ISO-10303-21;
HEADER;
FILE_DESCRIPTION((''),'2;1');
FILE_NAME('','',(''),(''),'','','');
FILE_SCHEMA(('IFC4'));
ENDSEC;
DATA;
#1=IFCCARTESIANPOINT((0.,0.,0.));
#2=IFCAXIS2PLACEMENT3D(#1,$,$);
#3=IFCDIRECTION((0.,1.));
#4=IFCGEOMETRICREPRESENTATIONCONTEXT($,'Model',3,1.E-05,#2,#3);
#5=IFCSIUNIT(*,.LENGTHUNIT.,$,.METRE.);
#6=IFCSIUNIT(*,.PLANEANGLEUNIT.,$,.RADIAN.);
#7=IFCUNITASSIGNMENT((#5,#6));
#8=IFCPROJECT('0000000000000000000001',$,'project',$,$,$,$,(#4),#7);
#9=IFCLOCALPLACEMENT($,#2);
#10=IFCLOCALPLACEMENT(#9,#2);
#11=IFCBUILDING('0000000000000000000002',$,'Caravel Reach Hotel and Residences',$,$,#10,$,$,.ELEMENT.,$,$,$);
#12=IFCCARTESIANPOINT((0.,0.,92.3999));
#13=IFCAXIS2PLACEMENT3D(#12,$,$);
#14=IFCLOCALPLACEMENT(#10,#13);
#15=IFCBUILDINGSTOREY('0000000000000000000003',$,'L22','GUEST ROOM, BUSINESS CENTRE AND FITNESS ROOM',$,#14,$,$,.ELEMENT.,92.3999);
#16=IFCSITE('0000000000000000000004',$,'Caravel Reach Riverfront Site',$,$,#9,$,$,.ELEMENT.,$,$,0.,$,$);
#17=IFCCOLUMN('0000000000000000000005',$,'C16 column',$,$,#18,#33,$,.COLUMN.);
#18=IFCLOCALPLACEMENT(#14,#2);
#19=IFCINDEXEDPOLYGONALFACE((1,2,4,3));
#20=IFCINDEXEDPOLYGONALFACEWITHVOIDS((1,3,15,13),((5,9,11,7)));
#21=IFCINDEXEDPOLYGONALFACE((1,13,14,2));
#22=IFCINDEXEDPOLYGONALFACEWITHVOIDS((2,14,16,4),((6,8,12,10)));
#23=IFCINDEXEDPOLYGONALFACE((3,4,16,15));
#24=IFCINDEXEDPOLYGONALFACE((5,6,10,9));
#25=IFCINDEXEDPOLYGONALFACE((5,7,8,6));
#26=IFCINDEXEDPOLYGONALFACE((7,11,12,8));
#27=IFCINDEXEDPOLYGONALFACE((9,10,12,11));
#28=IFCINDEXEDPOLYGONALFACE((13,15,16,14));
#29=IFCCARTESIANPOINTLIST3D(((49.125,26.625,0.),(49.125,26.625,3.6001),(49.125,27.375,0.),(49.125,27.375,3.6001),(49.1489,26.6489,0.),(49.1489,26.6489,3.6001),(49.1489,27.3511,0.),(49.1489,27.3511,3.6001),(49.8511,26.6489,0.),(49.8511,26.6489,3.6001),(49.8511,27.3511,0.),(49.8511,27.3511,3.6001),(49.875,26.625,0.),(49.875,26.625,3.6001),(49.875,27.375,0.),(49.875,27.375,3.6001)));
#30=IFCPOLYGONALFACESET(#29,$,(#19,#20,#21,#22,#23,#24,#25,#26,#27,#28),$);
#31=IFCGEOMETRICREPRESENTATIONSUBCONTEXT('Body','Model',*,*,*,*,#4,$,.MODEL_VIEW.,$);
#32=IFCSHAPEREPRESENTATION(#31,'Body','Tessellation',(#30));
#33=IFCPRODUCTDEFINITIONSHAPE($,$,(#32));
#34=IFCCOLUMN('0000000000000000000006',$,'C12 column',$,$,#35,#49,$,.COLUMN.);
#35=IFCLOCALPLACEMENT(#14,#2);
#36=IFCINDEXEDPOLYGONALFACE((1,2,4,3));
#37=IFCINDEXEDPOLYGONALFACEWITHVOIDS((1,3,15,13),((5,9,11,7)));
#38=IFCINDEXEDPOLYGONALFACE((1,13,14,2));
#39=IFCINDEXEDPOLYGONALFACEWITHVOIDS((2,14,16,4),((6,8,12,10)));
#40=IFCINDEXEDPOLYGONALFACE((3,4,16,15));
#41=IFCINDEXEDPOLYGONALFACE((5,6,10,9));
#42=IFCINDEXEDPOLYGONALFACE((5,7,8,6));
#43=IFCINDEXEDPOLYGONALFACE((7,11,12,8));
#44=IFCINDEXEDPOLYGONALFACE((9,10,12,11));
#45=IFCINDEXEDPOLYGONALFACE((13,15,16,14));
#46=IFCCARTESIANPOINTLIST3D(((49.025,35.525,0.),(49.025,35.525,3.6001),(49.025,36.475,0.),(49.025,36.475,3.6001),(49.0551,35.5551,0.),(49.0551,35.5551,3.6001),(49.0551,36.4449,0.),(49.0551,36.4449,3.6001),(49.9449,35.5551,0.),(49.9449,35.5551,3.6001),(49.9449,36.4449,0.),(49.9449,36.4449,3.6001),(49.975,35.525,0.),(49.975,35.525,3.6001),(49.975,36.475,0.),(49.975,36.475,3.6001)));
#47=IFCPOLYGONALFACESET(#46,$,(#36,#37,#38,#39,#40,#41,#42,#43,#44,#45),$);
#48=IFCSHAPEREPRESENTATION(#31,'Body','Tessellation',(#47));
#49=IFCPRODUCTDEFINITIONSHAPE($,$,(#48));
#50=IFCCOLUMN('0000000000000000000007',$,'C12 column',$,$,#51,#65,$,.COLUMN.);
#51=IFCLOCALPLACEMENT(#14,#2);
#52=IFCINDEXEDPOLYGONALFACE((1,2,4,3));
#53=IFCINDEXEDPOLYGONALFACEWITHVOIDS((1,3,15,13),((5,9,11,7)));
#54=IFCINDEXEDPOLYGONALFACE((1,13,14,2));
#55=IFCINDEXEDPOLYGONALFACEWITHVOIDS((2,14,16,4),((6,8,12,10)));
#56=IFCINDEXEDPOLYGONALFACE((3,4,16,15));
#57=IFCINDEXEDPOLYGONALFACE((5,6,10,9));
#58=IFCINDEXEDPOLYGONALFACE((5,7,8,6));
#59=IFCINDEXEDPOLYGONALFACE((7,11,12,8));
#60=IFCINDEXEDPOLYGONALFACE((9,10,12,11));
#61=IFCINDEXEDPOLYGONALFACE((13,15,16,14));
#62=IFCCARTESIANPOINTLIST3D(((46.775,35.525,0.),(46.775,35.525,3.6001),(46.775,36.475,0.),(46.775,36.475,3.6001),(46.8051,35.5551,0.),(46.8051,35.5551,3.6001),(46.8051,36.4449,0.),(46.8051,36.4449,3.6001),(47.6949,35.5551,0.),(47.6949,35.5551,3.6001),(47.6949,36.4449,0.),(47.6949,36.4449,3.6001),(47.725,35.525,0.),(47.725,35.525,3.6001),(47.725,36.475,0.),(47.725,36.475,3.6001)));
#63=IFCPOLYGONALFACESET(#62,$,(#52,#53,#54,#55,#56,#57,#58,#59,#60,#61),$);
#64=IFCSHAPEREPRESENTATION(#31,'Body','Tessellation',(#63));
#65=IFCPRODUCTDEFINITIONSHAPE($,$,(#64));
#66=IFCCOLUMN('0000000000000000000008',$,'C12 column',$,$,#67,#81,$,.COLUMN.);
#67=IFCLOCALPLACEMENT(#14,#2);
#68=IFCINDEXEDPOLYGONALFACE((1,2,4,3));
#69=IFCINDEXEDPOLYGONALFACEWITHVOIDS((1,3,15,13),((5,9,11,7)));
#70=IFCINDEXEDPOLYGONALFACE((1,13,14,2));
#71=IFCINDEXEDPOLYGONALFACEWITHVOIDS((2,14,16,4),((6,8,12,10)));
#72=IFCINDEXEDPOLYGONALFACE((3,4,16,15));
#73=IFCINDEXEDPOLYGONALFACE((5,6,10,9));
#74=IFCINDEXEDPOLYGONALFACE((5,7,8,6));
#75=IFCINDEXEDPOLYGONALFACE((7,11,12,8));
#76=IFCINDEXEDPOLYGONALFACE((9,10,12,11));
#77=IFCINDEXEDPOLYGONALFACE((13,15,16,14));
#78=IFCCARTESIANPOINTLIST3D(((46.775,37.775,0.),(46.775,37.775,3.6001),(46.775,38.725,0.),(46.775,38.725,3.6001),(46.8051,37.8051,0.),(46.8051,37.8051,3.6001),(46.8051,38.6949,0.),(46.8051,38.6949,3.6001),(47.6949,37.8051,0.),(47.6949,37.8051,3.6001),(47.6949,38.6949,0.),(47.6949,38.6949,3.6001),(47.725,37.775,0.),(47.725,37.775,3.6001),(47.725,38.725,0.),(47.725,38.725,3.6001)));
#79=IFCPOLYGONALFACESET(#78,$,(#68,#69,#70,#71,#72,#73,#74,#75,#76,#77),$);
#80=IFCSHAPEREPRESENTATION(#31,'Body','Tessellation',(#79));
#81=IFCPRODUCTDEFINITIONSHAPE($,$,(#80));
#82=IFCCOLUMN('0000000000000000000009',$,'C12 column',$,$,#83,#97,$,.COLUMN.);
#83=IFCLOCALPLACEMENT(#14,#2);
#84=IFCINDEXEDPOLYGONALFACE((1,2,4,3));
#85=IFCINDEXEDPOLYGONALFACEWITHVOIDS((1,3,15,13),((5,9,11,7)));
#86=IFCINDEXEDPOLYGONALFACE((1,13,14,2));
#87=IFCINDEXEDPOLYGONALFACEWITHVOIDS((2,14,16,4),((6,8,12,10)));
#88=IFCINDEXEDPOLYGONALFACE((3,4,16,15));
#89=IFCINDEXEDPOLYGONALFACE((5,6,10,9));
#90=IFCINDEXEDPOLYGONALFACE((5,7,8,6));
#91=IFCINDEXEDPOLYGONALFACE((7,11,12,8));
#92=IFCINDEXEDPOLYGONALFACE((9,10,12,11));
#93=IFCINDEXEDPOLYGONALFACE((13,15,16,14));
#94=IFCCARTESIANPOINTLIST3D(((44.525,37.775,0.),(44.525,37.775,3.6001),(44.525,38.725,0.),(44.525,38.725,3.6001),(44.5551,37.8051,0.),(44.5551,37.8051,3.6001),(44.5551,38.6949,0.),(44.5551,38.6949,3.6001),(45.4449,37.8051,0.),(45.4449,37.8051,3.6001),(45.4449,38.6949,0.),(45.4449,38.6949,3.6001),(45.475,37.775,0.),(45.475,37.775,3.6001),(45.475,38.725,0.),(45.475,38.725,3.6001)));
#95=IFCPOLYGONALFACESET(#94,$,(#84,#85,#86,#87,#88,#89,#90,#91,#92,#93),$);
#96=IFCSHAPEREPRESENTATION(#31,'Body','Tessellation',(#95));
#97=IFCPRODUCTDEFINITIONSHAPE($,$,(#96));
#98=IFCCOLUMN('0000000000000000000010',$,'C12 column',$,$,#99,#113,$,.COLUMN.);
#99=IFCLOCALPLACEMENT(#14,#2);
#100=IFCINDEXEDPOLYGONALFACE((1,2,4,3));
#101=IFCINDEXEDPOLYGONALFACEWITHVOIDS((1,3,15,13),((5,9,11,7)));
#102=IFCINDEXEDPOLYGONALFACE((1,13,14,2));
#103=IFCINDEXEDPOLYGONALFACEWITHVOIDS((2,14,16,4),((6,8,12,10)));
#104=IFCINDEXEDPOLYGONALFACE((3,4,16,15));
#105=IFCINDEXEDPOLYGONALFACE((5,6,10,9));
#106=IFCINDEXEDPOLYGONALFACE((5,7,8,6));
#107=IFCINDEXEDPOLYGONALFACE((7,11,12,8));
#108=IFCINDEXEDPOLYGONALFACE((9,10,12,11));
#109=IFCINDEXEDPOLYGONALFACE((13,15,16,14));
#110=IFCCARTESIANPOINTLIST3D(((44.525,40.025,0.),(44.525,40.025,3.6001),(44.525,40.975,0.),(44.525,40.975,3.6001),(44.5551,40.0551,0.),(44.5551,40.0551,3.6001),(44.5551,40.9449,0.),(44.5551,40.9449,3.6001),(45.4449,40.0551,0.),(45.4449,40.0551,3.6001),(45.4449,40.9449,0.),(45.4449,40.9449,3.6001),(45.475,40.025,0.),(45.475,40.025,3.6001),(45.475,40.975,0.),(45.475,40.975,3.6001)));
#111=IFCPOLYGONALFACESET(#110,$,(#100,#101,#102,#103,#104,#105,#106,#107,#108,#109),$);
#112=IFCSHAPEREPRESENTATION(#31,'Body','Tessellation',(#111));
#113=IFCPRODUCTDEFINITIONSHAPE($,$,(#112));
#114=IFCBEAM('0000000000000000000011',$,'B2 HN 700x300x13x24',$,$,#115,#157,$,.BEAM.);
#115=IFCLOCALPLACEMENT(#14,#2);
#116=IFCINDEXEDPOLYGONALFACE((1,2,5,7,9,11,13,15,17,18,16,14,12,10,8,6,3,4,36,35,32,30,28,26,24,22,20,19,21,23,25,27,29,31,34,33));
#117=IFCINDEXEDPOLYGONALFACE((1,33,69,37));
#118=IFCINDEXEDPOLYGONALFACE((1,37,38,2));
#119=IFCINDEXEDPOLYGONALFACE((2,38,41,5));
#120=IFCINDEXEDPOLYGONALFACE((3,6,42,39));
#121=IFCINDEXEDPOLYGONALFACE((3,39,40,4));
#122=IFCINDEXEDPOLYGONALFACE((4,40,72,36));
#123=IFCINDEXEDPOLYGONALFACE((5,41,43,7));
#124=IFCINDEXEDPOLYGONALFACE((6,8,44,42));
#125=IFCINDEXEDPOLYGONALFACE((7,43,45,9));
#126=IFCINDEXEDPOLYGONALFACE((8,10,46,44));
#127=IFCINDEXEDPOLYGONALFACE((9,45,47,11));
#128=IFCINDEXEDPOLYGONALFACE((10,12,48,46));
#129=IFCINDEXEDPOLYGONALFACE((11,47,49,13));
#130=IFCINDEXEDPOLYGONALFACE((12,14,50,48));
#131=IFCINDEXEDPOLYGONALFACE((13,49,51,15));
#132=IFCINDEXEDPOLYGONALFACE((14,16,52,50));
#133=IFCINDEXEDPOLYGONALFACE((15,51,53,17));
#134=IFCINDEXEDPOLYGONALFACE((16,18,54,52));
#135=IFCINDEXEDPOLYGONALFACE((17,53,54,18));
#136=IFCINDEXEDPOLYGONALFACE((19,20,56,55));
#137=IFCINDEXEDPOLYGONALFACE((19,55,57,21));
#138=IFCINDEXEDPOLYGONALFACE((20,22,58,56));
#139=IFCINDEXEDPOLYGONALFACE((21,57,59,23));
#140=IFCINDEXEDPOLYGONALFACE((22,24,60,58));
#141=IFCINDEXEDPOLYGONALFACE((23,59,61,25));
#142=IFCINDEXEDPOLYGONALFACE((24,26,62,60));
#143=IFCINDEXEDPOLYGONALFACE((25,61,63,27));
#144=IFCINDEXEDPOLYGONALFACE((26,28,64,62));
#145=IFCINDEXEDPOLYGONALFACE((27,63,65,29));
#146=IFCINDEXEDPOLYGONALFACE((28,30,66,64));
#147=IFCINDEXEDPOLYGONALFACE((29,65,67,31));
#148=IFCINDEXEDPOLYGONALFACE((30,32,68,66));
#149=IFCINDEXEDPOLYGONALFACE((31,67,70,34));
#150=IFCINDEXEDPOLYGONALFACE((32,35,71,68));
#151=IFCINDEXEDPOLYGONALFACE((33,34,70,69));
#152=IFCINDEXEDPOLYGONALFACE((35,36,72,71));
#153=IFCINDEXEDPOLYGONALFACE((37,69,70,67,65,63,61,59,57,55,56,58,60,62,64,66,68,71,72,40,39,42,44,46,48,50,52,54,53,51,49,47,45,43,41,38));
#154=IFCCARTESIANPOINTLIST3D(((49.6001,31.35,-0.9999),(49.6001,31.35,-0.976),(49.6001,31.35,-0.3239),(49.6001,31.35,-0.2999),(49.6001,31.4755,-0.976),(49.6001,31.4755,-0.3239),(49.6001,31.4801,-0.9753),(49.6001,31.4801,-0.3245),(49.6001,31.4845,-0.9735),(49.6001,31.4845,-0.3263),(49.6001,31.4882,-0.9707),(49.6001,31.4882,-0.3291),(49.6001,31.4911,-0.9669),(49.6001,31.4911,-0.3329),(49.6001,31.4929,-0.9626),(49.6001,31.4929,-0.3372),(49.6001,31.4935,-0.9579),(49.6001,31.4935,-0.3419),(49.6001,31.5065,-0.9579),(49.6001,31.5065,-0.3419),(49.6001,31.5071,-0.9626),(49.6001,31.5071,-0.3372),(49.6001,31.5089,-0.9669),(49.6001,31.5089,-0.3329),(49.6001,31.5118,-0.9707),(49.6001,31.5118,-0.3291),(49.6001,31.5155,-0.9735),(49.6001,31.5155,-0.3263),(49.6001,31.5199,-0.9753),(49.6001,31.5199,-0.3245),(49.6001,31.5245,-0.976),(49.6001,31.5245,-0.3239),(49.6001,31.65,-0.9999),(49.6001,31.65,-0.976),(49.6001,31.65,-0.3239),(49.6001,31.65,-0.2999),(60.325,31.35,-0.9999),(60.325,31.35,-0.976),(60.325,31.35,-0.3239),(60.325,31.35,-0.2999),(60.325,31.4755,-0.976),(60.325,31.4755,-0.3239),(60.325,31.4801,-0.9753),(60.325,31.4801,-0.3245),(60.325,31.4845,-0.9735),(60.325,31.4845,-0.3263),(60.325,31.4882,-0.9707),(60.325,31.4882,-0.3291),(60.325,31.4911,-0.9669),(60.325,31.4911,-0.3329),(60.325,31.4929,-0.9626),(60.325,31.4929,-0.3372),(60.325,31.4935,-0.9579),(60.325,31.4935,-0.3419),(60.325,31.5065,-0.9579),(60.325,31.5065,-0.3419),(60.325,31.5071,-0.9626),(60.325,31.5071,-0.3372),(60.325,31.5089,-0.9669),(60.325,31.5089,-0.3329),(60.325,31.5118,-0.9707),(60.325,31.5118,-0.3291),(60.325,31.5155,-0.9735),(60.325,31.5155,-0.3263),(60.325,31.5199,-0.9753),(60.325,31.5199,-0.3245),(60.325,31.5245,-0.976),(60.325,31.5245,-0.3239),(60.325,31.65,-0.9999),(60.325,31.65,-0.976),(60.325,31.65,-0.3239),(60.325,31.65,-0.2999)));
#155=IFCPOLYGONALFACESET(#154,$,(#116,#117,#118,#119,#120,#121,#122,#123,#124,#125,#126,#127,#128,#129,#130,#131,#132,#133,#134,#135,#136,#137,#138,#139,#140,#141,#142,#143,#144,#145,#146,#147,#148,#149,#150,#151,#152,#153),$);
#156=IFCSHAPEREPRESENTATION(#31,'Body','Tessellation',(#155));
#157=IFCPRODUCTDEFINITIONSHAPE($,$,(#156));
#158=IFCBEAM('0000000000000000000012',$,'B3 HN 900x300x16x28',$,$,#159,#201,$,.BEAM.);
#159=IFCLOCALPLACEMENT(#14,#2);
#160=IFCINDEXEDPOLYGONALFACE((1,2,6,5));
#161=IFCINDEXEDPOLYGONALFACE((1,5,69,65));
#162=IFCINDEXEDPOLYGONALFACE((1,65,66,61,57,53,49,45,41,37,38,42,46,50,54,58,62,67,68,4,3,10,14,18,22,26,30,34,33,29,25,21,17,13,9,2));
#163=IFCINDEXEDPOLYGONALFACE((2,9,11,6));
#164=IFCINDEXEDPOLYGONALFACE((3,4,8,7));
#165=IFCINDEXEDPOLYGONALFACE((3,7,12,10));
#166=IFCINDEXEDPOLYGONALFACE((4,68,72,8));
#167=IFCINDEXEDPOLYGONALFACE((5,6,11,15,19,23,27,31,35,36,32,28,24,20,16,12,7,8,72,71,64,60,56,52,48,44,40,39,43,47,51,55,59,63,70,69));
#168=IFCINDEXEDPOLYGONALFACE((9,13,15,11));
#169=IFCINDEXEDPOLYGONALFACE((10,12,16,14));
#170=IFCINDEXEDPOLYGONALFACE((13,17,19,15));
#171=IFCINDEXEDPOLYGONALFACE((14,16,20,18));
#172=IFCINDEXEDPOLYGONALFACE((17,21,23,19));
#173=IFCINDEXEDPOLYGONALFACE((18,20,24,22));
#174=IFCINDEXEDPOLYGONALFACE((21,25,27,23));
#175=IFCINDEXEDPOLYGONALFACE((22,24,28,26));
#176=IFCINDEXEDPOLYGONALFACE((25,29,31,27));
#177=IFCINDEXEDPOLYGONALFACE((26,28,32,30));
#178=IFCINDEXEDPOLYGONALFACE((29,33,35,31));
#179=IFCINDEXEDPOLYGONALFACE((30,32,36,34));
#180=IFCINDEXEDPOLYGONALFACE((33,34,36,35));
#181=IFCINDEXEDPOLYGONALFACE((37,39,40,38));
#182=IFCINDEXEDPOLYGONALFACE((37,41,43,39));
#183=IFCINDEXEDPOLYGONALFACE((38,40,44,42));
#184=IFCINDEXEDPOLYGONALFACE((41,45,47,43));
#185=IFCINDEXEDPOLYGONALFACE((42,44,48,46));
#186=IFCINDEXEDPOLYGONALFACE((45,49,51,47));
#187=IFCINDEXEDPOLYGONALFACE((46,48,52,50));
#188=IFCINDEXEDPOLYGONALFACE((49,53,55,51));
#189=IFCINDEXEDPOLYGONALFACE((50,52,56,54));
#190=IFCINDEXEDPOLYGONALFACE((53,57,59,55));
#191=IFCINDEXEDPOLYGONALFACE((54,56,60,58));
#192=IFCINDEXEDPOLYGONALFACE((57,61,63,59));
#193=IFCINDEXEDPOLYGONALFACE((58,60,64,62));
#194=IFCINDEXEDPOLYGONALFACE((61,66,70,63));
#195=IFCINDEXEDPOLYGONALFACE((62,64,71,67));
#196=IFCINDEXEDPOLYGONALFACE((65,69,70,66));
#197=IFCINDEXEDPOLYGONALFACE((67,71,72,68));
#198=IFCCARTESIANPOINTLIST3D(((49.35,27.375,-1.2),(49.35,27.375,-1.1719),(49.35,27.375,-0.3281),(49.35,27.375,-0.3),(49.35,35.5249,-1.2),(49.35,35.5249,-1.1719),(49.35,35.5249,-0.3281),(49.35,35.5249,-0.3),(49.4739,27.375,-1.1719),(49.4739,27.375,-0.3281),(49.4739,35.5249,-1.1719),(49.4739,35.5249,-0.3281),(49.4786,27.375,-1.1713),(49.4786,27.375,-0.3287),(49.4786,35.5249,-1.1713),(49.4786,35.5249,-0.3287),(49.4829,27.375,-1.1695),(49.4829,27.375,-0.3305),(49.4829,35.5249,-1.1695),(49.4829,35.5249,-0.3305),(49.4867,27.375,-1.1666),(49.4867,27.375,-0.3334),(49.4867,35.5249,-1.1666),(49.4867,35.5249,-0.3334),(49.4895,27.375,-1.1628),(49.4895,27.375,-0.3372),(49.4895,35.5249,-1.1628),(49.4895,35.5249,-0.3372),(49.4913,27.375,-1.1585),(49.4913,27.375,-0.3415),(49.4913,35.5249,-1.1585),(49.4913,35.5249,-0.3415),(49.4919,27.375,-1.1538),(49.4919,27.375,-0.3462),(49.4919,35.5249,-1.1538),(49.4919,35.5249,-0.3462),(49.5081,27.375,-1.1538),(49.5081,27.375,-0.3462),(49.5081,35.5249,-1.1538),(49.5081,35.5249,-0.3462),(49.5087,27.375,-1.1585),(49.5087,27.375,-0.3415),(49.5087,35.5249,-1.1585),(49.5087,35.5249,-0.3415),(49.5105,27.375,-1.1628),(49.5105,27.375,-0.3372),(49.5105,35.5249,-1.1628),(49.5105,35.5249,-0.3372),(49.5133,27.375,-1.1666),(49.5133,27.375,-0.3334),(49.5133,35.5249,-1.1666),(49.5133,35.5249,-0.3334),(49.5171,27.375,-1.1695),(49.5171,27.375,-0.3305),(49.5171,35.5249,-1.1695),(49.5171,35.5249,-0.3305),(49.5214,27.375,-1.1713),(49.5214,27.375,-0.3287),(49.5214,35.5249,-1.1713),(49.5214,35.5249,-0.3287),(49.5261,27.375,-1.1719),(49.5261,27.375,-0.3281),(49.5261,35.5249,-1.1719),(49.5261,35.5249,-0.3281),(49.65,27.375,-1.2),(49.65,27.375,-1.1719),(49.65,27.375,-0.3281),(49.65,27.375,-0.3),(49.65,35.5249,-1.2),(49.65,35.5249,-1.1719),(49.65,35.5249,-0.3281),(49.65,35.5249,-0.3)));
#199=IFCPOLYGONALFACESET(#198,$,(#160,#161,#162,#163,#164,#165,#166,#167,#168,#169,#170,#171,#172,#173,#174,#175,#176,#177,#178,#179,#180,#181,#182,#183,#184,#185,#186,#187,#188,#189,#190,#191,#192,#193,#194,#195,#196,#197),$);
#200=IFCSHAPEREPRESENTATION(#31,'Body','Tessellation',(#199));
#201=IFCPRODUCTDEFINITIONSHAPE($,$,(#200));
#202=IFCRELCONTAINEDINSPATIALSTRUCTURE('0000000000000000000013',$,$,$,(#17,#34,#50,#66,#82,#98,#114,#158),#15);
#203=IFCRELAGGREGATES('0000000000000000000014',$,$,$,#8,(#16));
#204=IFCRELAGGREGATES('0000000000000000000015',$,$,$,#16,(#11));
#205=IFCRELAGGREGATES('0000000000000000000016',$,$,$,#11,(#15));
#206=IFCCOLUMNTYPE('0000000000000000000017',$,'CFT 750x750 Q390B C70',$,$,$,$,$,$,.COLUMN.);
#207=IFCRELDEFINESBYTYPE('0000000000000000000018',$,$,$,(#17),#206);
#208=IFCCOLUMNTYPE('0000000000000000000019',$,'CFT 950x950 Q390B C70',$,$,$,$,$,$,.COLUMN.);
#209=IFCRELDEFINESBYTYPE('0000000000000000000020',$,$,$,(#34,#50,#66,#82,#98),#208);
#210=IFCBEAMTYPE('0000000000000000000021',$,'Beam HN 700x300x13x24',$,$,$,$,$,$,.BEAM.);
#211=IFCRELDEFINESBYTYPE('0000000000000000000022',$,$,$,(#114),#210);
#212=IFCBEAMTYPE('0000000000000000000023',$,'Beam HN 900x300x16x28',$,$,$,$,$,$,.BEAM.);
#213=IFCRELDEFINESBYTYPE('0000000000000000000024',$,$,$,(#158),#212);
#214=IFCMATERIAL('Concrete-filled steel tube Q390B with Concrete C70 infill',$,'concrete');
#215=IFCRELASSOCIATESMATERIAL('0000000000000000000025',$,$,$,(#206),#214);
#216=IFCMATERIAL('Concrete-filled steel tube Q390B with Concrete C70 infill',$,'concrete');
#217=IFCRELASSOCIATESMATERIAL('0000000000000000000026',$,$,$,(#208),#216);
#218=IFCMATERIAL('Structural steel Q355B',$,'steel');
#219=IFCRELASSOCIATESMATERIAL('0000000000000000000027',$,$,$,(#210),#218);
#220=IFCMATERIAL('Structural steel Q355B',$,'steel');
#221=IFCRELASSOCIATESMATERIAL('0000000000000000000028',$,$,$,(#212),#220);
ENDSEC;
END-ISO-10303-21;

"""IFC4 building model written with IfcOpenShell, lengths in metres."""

from ifc_helpers import new_model, si_unit, direction, frame, origin, origin_2d, place, context, subcontext, project, spatial, hollow_rectangle, i_section, extrude, material, material_profile, profile_set, type_object, element, save


model = new_model("IFC4")

# Units and contexts
model_context = context("Model", 3, precision=1e-05, world=origin(), true_north=direction((0.0, 1.0)))
body_context = subcontext(model_context, "Body", "Model", "MODEL_VIEW")
ifc_project = project(units=[si_unit("LENGTHUNIT", "METRE"), si_unit("PLANEANGLEUNIT", "RADIAN")], contexts=[model_context])

# Site, building, storey
site_placement = place(None, origin())
site = spatial("IfcSite", under=ifc_project, at=site_placement, Name="Caravel Reach Riverfront Site", CompositionType="ELEMENT", RefElevation=0.0)
building_placement = place(site_placement, origin())
building = spatial("IfcBuilding", under=site, at=building_placement, Name="Caravel Reach Hotel and Residences", CompositionType="ELEMENT")
storey_placement = place(building_placement, frame((0.0, 0.0, 92.3999)))
storey = spatial("IfcBuildingStorey", under=building, at=storey_placement, Name="L22", Description="GUEST ROOM, BUSINESS CENTRE AND FITNESS ROOM", CompositionType="ELEMENT", Elevation=92.3999)

# Columns
ifc_material_1 = material(Name="Concrete-filled steel tube Q390B with Concrete C70 infill", Category="concrete")
ifc_material_profile_1 = material_profile(ifc_material_1, hollow_rectangle(XDim=0.75, YDim=0.75, WallThickness=0.0239, at=origin_2d()), Name="RHS 750x750x24")
ifc_profile_set_1 = profile_set([ifc_material_profile_1], Name="Concrete-filled steel tube Q390B with Concrete C70 infill")
column_type_1 = type_object("IfcColumnType", Name="CFT 750x750 Q390B C70", PredefinedType="COLUMN", material=ifc_profile_set_1)
column_placement = place(storey_placement, frame((49.5, 27.0, 0.0), z_axis=(0.0, 0.0, 1.0), x_axis=(1.0, 0.0, 0.0)))
element("IfcColumn", 1, at=column_placement, inside=storey, type_object=column_type_1, Name="C16 column", PredefinedType="COLUMN", context=body_context, shape_type="SweptSolid", body=[
    extrude(hollow_rectangle(XDim=0.75, YDim=0.75, WallThickness=0.0239, at=origin_2d()), origin(), (0.0, 0.0, 1.0), 3.6001),
])
ifc_material_2 = material(Name="Concrete-filled steel tube Q390B with Concrete C70 infill", Category="concrete")
ifc_material_profile_2 = material_profile(ifc_material_2, hollow_rectangle(XDim=0.95, YDim=0.95, WallThickness=0.03, at=origin_2d()), Name="RHS 950x950x30")
ifc_profile_set_2 = profile_set([ifc_material_profile_2], Name="Concrete-filled steel tube Q390B with Concrete C70 infill")
column_type_2 = type_object("IfcColumnType", Name="CFT 950x950 Q390B C70", PredefinedType="COLUMN", material=ifc_profile_set_2)
for number, where, z_axis, x_axis, name in (
    (2, (49.5, 36.0, 0.0), (0.0, 0.0, 1.0), (1.0, 0.0, 0.0), "C12 column"),
    (3, (47.25, 36.0, 0.0), (0.0, 0.0, 1.0), (1.0, 0.0, 0.0), "C12 column"),
    (4, (47.25, 38.25, 0.0), (0.0, 0.0, 1.0), (1.0, 0.0, 0.0), "C12 column"),
    (5, (45.0, 38.25, 0.0), (0.0, 0.0, 1.0), (1.0, 0.0, 0.0), "C12 column"),
    (6, (45.0, 40.5, 0.0), (0.0, 0.0, 1.0), (1.0, 0.0, 0.0), "C12 column"),
):
    element("IfcColumn", number, at=place(storey_placement, frame(where, z_axis=z_axis, x_axis=x_axis)), inside=storey, type_object=column_type_2, Name=name, PredefinedType="COLUMN", context=body_context, shape_type="SweptSolid", body=[
        extrude(hollow_rectangle(XDim=0.95, YDim=0.95, WallThickness=0.03, at=origin_2d()), origin(), (0.0, 0.0, 1.0), 3.6001),
    ])

# Beams
ifc_material_3 = material(Name="Structural steel Q355B", Category="steel")
ifc_material_profile_3 = material_profile(ifc_material_3, i_section(OverallWidth=0.3, OverallDepth=0.7, WebThickness=0.0129, FlangeThickness=0.0239, FilletRadius=0.0181, at=origin_2d()), Name="HN 700x300x13x24")
ifc_profile_set_3 = profile_set([ifc_material_profile_3], Name="Structural steel Q355B")
beam_type_1 = type_object("IfcBeamType", Name="Beam HN 700x300x13x24", PredefinedType="BEAM", material=ifc_profile_set_3)
beam_1_placement = place(storey_placement, frame((49.6001, 31.5, -0.6499), z_axis=(1.0, 0.0, 0.0), x_axis=(0.0, 1.0, 0.0)))
element("IfcBeam", 7, at=beam_1_placement, inside=storey, type_object=beam_type_1, Name="B2 HN 700x300x13x24", PredefinedType="BEAM", context=body_context, shape_type="SweptSolid", body=[
    extrude(i_section(OverallWidth=0.3, OverallDepth=0.7, WebThickness=0.0129, FlangeThickness=0.0239, FilletRadius=0.0181, at=origin_2d()), origin(), (0.0, 0.0, 1.0), 10.7249),
])
ifc_material_4 = material(Name="Structural steel Q355B", Category="steel")
ifc_material_profile_4 = material_profile(ifc_material_4, i_section(OverallWidth=0.3, OverallDepth=0.8999, WebThickness=0.0161, FlangeThickness=0.0281, FilletRadius=0.0181, at=origin_2d()), Name="HN 900x300x16x28")
ifc_profile_set_4 = profile_set([ifc_material_profile_4], Name="Structural steel Q355B")
beam_type_2 = type_object("IfcBeamType", Name="Beam HN 900x300x16x28", PredefinedType="BEAM", material=ifc_profile_set_4)
beam_2_placement = place(storey_placement, frame((49.5, 27.375, -0.75), z_axis=(0.0, 1.0, 0.0), x_axis=(-1.0, 0.0, 0.0)))
element("IfcBeam", 8, at=beam_2_placement, inside=storey, type_object=beam_type_2, Name="B3 HN 900x300x16x28", PredefinedType="BEAM", context=body_context, shape_type="SweptSolid", body=[
    extrude(i_section(OverallWidth=0.3, OverallDepth=0.8999, WebThickness=0.0161, FlangeThickness=0.0281, FilletRadius=0.0181, at=origin_2d()), origin(), (0.0, 0.0, 1.0), 8.1499),
])

save(model, "model.ifc")
